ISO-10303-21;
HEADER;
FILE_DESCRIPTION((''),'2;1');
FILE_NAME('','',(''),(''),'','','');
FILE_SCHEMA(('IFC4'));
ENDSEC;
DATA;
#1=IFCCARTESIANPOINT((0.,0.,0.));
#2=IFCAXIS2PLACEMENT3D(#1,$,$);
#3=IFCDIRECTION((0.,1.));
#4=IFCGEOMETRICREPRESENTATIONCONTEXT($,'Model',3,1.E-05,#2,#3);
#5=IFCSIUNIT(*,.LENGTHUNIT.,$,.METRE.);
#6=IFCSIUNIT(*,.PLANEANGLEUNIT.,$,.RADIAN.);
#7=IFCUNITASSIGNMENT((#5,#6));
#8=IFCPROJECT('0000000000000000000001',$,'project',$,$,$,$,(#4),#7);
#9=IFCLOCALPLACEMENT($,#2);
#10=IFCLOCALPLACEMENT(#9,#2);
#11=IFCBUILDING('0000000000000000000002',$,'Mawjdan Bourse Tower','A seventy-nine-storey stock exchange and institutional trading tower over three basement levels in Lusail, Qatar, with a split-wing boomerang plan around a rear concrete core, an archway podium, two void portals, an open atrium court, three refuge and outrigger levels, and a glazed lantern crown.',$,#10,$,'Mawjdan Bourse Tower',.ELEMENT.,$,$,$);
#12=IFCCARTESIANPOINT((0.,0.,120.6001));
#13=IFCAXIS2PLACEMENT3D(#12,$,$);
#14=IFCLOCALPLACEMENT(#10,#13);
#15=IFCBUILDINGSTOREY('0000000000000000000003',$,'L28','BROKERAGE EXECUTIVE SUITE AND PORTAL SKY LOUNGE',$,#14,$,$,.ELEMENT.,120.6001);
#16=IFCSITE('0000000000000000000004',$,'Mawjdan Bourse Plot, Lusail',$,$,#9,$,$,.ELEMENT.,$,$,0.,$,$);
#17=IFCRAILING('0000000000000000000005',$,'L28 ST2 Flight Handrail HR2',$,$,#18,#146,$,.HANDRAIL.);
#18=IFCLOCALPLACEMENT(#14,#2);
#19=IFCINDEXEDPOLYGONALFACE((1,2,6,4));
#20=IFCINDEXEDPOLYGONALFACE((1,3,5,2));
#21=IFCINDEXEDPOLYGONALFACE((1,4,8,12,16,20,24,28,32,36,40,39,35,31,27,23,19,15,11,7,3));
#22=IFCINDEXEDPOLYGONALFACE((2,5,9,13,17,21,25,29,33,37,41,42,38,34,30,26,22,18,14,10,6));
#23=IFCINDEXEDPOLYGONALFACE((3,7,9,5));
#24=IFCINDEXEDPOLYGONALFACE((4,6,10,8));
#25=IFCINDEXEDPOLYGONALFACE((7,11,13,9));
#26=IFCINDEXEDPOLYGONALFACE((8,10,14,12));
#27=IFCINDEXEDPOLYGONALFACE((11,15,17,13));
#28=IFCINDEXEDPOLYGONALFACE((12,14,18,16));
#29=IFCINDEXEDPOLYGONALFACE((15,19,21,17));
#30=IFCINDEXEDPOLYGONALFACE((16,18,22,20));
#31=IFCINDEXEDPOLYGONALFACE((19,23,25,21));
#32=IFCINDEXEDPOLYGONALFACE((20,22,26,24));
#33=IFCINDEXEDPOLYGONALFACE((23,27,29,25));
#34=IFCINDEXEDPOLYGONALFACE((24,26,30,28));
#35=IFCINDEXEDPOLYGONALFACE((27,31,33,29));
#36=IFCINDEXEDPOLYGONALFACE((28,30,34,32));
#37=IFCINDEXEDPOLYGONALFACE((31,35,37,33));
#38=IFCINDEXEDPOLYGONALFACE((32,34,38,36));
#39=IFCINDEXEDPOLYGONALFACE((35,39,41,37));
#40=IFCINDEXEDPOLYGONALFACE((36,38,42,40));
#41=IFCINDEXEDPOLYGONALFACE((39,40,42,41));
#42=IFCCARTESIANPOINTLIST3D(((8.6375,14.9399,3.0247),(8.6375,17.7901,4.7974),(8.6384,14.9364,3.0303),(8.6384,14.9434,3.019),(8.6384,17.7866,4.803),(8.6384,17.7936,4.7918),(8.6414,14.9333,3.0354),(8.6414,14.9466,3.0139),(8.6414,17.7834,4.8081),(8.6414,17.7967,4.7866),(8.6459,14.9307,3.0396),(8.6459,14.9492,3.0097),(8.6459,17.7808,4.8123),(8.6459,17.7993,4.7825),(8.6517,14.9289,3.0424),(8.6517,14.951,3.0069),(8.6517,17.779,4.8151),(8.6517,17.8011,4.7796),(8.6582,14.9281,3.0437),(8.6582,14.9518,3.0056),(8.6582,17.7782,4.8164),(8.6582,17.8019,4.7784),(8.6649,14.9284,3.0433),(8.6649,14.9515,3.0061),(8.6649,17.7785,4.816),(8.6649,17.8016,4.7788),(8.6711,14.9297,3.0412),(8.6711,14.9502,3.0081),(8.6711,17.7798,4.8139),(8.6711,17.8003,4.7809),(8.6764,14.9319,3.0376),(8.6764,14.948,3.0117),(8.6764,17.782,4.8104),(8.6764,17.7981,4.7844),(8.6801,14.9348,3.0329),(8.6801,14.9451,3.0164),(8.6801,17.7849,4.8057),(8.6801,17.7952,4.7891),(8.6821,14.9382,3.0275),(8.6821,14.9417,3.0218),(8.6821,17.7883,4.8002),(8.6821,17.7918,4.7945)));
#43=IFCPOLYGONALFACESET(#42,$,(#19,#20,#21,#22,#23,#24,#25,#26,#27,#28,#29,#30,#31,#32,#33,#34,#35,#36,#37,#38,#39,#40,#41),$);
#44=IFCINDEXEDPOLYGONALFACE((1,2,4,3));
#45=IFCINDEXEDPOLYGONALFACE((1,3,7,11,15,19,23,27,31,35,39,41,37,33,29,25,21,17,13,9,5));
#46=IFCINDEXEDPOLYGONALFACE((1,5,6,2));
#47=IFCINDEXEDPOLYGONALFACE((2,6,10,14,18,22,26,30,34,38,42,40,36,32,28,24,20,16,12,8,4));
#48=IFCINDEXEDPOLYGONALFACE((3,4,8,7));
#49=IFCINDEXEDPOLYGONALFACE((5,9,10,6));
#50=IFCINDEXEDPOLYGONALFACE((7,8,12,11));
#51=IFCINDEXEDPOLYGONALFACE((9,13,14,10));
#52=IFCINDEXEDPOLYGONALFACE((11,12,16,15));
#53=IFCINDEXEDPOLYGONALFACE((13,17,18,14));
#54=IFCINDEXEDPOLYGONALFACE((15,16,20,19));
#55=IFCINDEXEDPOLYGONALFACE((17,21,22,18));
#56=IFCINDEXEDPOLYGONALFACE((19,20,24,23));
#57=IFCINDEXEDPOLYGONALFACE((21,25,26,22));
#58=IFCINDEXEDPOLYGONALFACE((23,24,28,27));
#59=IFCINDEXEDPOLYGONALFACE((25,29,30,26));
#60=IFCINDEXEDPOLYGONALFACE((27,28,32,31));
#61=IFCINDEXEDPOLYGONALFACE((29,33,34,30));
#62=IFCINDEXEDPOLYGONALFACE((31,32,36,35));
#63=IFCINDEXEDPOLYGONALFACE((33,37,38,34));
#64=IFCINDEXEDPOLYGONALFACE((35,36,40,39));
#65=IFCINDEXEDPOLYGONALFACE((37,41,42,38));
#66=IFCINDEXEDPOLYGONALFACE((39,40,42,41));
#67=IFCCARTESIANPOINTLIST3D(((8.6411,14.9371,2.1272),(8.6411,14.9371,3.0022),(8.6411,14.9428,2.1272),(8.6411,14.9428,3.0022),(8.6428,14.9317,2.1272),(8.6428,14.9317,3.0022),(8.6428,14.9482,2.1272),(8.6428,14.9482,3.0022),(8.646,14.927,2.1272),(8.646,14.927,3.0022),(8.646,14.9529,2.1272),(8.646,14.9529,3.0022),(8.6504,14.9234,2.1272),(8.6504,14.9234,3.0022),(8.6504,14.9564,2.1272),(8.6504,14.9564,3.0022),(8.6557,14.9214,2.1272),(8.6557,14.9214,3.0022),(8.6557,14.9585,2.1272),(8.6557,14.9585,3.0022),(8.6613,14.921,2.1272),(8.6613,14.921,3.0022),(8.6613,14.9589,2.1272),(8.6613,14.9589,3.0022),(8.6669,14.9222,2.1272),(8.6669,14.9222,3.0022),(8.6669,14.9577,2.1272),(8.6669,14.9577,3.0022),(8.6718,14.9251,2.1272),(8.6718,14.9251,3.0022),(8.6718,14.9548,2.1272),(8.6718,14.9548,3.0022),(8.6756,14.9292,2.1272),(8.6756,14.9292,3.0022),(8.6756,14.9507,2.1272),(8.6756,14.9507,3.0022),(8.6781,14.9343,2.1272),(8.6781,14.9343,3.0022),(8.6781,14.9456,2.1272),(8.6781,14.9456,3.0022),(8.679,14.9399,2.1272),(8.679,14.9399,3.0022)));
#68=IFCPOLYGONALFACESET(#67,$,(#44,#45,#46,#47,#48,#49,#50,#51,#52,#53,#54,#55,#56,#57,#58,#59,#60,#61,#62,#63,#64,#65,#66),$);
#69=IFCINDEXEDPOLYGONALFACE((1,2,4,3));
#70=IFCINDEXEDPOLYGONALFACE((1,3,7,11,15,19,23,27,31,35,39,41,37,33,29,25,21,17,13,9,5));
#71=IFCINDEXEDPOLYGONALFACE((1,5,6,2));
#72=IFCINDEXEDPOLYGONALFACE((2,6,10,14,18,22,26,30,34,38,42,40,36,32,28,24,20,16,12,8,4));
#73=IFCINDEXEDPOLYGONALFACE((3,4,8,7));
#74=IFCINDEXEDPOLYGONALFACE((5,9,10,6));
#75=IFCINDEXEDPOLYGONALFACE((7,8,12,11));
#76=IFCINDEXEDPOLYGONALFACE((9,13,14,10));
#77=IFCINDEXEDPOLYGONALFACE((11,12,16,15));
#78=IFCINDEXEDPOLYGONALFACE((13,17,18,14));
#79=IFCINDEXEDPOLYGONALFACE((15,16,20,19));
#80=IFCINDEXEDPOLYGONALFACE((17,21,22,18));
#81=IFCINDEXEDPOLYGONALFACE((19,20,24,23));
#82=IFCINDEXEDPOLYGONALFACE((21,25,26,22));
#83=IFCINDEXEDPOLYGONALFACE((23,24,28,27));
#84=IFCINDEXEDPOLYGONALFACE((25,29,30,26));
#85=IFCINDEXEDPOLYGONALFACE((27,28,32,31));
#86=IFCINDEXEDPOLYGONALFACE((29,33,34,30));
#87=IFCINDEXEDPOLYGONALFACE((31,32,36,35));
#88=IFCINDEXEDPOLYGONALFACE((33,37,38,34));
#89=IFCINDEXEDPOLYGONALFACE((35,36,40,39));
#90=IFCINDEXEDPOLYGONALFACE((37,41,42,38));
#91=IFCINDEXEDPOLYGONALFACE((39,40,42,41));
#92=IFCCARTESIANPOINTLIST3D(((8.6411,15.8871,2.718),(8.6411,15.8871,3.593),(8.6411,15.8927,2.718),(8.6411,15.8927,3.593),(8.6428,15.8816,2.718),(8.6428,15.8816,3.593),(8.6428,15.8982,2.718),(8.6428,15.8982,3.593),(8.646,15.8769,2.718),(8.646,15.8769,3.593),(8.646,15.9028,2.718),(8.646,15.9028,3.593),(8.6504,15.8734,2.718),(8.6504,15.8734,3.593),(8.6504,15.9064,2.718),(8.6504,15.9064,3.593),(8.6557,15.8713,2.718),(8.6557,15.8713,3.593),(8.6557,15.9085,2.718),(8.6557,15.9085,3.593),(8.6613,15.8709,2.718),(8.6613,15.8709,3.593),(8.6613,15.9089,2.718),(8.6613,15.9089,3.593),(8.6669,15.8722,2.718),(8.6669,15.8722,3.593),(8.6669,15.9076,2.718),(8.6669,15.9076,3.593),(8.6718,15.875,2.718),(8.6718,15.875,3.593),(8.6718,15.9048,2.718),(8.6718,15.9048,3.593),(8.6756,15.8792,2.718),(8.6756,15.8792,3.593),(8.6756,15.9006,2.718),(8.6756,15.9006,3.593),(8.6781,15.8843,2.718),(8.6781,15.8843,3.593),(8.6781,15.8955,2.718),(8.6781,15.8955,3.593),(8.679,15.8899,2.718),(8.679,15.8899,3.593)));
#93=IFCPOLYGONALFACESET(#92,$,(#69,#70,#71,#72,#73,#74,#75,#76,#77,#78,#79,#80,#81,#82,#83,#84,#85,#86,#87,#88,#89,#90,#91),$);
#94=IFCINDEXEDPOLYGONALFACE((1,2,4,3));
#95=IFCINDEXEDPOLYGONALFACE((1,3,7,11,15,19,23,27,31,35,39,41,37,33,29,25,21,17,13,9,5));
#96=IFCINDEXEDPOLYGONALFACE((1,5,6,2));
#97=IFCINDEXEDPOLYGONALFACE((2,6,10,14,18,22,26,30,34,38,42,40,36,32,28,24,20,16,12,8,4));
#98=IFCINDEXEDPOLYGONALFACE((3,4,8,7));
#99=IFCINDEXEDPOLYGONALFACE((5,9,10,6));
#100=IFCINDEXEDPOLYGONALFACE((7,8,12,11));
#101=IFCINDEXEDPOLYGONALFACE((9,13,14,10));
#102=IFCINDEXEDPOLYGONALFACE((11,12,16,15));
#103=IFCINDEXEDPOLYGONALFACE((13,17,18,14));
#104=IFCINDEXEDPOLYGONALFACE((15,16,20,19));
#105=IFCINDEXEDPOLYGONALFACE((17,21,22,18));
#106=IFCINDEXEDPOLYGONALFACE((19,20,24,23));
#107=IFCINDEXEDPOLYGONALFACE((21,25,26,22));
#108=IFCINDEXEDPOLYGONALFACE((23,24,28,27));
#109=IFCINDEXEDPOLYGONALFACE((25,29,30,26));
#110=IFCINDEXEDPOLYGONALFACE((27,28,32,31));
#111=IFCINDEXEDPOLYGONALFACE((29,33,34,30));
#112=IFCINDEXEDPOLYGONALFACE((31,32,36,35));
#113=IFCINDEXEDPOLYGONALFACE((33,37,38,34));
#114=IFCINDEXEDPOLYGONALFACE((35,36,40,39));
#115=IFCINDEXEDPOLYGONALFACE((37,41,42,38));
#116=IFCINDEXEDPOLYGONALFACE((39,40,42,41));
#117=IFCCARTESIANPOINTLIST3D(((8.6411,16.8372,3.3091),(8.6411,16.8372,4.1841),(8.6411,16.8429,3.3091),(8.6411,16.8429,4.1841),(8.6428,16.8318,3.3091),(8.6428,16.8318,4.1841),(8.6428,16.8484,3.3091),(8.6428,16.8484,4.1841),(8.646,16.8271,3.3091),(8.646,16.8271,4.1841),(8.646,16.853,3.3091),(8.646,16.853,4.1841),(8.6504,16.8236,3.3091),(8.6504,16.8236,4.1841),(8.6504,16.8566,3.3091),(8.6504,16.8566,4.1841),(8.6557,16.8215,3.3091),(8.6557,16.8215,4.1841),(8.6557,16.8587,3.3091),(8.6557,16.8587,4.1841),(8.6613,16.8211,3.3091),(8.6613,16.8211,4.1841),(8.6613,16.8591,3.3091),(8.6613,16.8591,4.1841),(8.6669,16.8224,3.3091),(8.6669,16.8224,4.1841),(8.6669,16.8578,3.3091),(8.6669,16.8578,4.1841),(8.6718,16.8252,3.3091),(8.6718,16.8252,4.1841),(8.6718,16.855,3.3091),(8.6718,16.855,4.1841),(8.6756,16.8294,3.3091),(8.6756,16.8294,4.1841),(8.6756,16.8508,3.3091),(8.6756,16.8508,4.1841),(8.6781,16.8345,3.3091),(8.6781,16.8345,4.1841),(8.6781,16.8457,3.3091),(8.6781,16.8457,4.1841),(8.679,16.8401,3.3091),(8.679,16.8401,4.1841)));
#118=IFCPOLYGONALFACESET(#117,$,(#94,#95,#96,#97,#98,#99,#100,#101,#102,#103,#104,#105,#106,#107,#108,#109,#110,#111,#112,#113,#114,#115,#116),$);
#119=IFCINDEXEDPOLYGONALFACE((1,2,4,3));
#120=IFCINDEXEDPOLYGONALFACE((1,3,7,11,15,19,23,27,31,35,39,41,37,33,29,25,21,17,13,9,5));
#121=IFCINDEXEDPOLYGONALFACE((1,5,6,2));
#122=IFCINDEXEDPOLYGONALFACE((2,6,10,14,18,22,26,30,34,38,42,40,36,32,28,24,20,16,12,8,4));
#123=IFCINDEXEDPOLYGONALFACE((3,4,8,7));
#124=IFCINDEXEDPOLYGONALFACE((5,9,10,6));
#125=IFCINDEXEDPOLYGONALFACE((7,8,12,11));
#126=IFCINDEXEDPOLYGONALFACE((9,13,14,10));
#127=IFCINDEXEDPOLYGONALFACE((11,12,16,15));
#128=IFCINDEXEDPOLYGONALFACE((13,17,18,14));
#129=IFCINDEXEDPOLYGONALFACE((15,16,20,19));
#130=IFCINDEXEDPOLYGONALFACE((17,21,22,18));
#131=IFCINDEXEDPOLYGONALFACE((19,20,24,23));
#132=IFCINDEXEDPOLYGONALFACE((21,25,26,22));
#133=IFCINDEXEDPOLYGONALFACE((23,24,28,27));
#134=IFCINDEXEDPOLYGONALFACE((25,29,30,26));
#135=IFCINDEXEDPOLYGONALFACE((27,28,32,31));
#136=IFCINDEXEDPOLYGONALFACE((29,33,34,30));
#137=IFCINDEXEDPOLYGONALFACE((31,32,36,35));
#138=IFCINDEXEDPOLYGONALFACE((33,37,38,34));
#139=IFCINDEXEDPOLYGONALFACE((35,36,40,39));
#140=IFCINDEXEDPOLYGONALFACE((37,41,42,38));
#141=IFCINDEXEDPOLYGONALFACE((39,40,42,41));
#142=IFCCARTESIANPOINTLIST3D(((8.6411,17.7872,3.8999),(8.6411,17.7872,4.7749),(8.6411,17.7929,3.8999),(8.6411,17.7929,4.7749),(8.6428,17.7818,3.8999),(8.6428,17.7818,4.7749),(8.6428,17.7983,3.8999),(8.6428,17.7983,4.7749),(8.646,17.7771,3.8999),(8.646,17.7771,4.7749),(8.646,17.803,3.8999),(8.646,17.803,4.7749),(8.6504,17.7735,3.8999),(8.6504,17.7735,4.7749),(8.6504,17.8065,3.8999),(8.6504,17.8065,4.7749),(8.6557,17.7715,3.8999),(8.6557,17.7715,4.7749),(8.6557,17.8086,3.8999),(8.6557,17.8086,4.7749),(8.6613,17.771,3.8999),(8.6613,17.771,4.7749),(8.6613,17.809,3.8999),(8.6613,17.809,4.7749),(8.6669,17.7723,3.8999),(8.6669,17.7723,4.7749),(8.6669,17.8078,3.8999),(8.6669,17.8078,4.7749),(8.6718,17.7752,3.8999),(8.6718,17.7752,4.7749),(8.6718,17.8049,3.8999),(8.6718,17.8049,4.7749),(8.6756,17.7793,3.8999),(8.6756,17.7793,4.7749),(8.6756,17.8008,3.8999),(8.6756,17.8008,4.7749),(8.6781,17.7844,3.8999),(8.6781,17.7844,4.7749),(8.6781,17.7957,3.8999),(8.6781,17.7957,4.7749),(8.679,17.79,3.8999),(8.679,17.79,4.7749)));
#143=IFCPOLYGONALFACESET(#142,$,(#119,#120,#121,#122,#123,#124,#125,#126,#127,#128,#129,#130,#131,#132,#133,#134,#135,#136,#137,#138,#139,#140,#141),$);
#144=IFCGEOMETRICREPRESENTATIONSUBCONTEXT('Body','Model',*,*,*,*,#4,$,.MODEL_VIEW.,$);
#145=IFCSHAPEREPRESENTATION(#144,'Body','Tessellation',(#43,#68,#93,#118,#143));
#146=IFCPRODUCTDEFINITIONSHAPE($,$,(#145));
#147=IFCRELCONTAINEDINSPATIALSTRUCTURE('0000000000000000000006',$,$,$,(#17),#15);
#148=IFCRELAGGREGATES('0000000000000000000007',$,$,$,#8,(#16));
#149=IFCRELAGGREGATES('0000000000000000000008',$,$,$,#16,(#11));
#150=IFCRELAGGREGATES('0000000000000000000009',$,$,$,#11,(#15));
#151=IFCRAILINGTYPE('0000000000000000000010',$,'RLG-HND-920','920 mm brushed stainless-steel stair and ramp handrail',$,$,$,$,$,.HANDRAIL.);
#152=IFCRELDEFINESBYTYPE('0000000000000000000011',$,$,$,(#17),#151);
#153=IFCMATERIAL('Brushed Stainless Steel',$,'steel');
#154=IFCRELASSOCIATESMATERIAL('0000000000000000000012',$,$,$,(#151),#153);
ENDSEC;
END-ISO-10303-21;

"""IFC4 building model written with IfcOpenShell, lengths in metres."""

from ifc_helpers import new_model, si_unit, direction, frame, origin, origin_2d, place, context, subcontext, project, spatial, circle, extrude, material, type_object, element, save


model = new_model("IFC4")

# Units and contexts
model_context = context("Model", 3, precision=1e-05, world=origin(), true_north=direction((0.0, 1.0)))
body_context = subcontext(model_context, "Body", "Model", "MODEL_VIEW")
ifc_project = project(units=[si_unit("LENGTHUNIT", "METRE"), si_unit("PLANEANGLEUNIT", "RADIAN")], contexts=[model_context])

# Site, building, storey
site_placement = place(None, origin())
site = spatial("IfcSite", under=ifc_project, at=site_placement, Name="Mawjdan Bourse Plot, Lusail", CompositionType="ELEMENT", RefElevation=0.0)
building_placement = place(site_placement, origin())
building = spatial("IfcBuilding", under=site, at=building_placement, Name="Mawjdan Bourse Tower", Description="A seventy-nine-storey stock exchange and institutional trading tower over three basement levels in Lusail, Qatar, with a split-wing boomerang plan around a rear concrete core, an archway podium, two void portals, an open atrium court, three refuge and outrigger levels, and a glazed lantern crown.", LongName="Mawjdan Bourse Tower", CompositionType="ELEMENT")
storey_placement = place(building_placement, frame((0.0, 0.0, 120.6001)))
storey = spatial("IfcBuildingStorey", under=building, at=storey_placement, Name="L28", Description="BROKERAGE EXECUTIVE SUITE AND PORTAL SKY LOUNGE", CompositionType="ELEMENT", Elevation=120.6001)

# Shared definitions
ifc_material_1 = material(Name="Brushed Stainless Steel", Category="steel")

# Railing
railing_type_1 = type_object("IfcRailingType", Name="RLG-HND-920", Description="920 mm brushed stainless-steel stair and ramp handrail", PredefinedType="HANDRAIL", material=ifc_material_1)
railing_1_placement = place(storey_placement, frame((8.6599, 14.9399, 2.1272)))
element("IfcRailing", 1, at=railing_1_placement, inside=storey, type_object=railing_type_1, Name="L28 ST2 Flight Handrail HR2", PredefinedType="HANDRAIL", context=body_context, shape_type="SweptSolid", body=[
    extrude(circle(Radius=0.0225, at=origin_2d()), frame((0.0, 0.0, 0.8975), z_axis=(0.0, 0.849149, 0.528154), x_axis=(-1.0, 0.0, 0.0)), (0.0, 0.0, 1.0), 3.3564),
    extrude(circle(Radius=0.019, at=origin_2d()), origin(), (0.0, 0.0, 1.0), 0.875),
    extrude(circle(Radius=0.019, at=origin_2d()), frame((0.0, 0.95, 0.5908)), (0.0, 0.0, 1.0), 0.875),
    extrude(circle(Radius=0.019, at=origin_2d()), frame((0.0, 1.9001, 1.1819)), (0.0, 0.0, 1.0), 0.875),
    extrude(circle(Radius=0.019, at=origin_2d()), frame((0.0, 2.8501, 1.7727)), (0.0, 0.0, 1.0), 0.875),
])

save(model, "model.ifc")
